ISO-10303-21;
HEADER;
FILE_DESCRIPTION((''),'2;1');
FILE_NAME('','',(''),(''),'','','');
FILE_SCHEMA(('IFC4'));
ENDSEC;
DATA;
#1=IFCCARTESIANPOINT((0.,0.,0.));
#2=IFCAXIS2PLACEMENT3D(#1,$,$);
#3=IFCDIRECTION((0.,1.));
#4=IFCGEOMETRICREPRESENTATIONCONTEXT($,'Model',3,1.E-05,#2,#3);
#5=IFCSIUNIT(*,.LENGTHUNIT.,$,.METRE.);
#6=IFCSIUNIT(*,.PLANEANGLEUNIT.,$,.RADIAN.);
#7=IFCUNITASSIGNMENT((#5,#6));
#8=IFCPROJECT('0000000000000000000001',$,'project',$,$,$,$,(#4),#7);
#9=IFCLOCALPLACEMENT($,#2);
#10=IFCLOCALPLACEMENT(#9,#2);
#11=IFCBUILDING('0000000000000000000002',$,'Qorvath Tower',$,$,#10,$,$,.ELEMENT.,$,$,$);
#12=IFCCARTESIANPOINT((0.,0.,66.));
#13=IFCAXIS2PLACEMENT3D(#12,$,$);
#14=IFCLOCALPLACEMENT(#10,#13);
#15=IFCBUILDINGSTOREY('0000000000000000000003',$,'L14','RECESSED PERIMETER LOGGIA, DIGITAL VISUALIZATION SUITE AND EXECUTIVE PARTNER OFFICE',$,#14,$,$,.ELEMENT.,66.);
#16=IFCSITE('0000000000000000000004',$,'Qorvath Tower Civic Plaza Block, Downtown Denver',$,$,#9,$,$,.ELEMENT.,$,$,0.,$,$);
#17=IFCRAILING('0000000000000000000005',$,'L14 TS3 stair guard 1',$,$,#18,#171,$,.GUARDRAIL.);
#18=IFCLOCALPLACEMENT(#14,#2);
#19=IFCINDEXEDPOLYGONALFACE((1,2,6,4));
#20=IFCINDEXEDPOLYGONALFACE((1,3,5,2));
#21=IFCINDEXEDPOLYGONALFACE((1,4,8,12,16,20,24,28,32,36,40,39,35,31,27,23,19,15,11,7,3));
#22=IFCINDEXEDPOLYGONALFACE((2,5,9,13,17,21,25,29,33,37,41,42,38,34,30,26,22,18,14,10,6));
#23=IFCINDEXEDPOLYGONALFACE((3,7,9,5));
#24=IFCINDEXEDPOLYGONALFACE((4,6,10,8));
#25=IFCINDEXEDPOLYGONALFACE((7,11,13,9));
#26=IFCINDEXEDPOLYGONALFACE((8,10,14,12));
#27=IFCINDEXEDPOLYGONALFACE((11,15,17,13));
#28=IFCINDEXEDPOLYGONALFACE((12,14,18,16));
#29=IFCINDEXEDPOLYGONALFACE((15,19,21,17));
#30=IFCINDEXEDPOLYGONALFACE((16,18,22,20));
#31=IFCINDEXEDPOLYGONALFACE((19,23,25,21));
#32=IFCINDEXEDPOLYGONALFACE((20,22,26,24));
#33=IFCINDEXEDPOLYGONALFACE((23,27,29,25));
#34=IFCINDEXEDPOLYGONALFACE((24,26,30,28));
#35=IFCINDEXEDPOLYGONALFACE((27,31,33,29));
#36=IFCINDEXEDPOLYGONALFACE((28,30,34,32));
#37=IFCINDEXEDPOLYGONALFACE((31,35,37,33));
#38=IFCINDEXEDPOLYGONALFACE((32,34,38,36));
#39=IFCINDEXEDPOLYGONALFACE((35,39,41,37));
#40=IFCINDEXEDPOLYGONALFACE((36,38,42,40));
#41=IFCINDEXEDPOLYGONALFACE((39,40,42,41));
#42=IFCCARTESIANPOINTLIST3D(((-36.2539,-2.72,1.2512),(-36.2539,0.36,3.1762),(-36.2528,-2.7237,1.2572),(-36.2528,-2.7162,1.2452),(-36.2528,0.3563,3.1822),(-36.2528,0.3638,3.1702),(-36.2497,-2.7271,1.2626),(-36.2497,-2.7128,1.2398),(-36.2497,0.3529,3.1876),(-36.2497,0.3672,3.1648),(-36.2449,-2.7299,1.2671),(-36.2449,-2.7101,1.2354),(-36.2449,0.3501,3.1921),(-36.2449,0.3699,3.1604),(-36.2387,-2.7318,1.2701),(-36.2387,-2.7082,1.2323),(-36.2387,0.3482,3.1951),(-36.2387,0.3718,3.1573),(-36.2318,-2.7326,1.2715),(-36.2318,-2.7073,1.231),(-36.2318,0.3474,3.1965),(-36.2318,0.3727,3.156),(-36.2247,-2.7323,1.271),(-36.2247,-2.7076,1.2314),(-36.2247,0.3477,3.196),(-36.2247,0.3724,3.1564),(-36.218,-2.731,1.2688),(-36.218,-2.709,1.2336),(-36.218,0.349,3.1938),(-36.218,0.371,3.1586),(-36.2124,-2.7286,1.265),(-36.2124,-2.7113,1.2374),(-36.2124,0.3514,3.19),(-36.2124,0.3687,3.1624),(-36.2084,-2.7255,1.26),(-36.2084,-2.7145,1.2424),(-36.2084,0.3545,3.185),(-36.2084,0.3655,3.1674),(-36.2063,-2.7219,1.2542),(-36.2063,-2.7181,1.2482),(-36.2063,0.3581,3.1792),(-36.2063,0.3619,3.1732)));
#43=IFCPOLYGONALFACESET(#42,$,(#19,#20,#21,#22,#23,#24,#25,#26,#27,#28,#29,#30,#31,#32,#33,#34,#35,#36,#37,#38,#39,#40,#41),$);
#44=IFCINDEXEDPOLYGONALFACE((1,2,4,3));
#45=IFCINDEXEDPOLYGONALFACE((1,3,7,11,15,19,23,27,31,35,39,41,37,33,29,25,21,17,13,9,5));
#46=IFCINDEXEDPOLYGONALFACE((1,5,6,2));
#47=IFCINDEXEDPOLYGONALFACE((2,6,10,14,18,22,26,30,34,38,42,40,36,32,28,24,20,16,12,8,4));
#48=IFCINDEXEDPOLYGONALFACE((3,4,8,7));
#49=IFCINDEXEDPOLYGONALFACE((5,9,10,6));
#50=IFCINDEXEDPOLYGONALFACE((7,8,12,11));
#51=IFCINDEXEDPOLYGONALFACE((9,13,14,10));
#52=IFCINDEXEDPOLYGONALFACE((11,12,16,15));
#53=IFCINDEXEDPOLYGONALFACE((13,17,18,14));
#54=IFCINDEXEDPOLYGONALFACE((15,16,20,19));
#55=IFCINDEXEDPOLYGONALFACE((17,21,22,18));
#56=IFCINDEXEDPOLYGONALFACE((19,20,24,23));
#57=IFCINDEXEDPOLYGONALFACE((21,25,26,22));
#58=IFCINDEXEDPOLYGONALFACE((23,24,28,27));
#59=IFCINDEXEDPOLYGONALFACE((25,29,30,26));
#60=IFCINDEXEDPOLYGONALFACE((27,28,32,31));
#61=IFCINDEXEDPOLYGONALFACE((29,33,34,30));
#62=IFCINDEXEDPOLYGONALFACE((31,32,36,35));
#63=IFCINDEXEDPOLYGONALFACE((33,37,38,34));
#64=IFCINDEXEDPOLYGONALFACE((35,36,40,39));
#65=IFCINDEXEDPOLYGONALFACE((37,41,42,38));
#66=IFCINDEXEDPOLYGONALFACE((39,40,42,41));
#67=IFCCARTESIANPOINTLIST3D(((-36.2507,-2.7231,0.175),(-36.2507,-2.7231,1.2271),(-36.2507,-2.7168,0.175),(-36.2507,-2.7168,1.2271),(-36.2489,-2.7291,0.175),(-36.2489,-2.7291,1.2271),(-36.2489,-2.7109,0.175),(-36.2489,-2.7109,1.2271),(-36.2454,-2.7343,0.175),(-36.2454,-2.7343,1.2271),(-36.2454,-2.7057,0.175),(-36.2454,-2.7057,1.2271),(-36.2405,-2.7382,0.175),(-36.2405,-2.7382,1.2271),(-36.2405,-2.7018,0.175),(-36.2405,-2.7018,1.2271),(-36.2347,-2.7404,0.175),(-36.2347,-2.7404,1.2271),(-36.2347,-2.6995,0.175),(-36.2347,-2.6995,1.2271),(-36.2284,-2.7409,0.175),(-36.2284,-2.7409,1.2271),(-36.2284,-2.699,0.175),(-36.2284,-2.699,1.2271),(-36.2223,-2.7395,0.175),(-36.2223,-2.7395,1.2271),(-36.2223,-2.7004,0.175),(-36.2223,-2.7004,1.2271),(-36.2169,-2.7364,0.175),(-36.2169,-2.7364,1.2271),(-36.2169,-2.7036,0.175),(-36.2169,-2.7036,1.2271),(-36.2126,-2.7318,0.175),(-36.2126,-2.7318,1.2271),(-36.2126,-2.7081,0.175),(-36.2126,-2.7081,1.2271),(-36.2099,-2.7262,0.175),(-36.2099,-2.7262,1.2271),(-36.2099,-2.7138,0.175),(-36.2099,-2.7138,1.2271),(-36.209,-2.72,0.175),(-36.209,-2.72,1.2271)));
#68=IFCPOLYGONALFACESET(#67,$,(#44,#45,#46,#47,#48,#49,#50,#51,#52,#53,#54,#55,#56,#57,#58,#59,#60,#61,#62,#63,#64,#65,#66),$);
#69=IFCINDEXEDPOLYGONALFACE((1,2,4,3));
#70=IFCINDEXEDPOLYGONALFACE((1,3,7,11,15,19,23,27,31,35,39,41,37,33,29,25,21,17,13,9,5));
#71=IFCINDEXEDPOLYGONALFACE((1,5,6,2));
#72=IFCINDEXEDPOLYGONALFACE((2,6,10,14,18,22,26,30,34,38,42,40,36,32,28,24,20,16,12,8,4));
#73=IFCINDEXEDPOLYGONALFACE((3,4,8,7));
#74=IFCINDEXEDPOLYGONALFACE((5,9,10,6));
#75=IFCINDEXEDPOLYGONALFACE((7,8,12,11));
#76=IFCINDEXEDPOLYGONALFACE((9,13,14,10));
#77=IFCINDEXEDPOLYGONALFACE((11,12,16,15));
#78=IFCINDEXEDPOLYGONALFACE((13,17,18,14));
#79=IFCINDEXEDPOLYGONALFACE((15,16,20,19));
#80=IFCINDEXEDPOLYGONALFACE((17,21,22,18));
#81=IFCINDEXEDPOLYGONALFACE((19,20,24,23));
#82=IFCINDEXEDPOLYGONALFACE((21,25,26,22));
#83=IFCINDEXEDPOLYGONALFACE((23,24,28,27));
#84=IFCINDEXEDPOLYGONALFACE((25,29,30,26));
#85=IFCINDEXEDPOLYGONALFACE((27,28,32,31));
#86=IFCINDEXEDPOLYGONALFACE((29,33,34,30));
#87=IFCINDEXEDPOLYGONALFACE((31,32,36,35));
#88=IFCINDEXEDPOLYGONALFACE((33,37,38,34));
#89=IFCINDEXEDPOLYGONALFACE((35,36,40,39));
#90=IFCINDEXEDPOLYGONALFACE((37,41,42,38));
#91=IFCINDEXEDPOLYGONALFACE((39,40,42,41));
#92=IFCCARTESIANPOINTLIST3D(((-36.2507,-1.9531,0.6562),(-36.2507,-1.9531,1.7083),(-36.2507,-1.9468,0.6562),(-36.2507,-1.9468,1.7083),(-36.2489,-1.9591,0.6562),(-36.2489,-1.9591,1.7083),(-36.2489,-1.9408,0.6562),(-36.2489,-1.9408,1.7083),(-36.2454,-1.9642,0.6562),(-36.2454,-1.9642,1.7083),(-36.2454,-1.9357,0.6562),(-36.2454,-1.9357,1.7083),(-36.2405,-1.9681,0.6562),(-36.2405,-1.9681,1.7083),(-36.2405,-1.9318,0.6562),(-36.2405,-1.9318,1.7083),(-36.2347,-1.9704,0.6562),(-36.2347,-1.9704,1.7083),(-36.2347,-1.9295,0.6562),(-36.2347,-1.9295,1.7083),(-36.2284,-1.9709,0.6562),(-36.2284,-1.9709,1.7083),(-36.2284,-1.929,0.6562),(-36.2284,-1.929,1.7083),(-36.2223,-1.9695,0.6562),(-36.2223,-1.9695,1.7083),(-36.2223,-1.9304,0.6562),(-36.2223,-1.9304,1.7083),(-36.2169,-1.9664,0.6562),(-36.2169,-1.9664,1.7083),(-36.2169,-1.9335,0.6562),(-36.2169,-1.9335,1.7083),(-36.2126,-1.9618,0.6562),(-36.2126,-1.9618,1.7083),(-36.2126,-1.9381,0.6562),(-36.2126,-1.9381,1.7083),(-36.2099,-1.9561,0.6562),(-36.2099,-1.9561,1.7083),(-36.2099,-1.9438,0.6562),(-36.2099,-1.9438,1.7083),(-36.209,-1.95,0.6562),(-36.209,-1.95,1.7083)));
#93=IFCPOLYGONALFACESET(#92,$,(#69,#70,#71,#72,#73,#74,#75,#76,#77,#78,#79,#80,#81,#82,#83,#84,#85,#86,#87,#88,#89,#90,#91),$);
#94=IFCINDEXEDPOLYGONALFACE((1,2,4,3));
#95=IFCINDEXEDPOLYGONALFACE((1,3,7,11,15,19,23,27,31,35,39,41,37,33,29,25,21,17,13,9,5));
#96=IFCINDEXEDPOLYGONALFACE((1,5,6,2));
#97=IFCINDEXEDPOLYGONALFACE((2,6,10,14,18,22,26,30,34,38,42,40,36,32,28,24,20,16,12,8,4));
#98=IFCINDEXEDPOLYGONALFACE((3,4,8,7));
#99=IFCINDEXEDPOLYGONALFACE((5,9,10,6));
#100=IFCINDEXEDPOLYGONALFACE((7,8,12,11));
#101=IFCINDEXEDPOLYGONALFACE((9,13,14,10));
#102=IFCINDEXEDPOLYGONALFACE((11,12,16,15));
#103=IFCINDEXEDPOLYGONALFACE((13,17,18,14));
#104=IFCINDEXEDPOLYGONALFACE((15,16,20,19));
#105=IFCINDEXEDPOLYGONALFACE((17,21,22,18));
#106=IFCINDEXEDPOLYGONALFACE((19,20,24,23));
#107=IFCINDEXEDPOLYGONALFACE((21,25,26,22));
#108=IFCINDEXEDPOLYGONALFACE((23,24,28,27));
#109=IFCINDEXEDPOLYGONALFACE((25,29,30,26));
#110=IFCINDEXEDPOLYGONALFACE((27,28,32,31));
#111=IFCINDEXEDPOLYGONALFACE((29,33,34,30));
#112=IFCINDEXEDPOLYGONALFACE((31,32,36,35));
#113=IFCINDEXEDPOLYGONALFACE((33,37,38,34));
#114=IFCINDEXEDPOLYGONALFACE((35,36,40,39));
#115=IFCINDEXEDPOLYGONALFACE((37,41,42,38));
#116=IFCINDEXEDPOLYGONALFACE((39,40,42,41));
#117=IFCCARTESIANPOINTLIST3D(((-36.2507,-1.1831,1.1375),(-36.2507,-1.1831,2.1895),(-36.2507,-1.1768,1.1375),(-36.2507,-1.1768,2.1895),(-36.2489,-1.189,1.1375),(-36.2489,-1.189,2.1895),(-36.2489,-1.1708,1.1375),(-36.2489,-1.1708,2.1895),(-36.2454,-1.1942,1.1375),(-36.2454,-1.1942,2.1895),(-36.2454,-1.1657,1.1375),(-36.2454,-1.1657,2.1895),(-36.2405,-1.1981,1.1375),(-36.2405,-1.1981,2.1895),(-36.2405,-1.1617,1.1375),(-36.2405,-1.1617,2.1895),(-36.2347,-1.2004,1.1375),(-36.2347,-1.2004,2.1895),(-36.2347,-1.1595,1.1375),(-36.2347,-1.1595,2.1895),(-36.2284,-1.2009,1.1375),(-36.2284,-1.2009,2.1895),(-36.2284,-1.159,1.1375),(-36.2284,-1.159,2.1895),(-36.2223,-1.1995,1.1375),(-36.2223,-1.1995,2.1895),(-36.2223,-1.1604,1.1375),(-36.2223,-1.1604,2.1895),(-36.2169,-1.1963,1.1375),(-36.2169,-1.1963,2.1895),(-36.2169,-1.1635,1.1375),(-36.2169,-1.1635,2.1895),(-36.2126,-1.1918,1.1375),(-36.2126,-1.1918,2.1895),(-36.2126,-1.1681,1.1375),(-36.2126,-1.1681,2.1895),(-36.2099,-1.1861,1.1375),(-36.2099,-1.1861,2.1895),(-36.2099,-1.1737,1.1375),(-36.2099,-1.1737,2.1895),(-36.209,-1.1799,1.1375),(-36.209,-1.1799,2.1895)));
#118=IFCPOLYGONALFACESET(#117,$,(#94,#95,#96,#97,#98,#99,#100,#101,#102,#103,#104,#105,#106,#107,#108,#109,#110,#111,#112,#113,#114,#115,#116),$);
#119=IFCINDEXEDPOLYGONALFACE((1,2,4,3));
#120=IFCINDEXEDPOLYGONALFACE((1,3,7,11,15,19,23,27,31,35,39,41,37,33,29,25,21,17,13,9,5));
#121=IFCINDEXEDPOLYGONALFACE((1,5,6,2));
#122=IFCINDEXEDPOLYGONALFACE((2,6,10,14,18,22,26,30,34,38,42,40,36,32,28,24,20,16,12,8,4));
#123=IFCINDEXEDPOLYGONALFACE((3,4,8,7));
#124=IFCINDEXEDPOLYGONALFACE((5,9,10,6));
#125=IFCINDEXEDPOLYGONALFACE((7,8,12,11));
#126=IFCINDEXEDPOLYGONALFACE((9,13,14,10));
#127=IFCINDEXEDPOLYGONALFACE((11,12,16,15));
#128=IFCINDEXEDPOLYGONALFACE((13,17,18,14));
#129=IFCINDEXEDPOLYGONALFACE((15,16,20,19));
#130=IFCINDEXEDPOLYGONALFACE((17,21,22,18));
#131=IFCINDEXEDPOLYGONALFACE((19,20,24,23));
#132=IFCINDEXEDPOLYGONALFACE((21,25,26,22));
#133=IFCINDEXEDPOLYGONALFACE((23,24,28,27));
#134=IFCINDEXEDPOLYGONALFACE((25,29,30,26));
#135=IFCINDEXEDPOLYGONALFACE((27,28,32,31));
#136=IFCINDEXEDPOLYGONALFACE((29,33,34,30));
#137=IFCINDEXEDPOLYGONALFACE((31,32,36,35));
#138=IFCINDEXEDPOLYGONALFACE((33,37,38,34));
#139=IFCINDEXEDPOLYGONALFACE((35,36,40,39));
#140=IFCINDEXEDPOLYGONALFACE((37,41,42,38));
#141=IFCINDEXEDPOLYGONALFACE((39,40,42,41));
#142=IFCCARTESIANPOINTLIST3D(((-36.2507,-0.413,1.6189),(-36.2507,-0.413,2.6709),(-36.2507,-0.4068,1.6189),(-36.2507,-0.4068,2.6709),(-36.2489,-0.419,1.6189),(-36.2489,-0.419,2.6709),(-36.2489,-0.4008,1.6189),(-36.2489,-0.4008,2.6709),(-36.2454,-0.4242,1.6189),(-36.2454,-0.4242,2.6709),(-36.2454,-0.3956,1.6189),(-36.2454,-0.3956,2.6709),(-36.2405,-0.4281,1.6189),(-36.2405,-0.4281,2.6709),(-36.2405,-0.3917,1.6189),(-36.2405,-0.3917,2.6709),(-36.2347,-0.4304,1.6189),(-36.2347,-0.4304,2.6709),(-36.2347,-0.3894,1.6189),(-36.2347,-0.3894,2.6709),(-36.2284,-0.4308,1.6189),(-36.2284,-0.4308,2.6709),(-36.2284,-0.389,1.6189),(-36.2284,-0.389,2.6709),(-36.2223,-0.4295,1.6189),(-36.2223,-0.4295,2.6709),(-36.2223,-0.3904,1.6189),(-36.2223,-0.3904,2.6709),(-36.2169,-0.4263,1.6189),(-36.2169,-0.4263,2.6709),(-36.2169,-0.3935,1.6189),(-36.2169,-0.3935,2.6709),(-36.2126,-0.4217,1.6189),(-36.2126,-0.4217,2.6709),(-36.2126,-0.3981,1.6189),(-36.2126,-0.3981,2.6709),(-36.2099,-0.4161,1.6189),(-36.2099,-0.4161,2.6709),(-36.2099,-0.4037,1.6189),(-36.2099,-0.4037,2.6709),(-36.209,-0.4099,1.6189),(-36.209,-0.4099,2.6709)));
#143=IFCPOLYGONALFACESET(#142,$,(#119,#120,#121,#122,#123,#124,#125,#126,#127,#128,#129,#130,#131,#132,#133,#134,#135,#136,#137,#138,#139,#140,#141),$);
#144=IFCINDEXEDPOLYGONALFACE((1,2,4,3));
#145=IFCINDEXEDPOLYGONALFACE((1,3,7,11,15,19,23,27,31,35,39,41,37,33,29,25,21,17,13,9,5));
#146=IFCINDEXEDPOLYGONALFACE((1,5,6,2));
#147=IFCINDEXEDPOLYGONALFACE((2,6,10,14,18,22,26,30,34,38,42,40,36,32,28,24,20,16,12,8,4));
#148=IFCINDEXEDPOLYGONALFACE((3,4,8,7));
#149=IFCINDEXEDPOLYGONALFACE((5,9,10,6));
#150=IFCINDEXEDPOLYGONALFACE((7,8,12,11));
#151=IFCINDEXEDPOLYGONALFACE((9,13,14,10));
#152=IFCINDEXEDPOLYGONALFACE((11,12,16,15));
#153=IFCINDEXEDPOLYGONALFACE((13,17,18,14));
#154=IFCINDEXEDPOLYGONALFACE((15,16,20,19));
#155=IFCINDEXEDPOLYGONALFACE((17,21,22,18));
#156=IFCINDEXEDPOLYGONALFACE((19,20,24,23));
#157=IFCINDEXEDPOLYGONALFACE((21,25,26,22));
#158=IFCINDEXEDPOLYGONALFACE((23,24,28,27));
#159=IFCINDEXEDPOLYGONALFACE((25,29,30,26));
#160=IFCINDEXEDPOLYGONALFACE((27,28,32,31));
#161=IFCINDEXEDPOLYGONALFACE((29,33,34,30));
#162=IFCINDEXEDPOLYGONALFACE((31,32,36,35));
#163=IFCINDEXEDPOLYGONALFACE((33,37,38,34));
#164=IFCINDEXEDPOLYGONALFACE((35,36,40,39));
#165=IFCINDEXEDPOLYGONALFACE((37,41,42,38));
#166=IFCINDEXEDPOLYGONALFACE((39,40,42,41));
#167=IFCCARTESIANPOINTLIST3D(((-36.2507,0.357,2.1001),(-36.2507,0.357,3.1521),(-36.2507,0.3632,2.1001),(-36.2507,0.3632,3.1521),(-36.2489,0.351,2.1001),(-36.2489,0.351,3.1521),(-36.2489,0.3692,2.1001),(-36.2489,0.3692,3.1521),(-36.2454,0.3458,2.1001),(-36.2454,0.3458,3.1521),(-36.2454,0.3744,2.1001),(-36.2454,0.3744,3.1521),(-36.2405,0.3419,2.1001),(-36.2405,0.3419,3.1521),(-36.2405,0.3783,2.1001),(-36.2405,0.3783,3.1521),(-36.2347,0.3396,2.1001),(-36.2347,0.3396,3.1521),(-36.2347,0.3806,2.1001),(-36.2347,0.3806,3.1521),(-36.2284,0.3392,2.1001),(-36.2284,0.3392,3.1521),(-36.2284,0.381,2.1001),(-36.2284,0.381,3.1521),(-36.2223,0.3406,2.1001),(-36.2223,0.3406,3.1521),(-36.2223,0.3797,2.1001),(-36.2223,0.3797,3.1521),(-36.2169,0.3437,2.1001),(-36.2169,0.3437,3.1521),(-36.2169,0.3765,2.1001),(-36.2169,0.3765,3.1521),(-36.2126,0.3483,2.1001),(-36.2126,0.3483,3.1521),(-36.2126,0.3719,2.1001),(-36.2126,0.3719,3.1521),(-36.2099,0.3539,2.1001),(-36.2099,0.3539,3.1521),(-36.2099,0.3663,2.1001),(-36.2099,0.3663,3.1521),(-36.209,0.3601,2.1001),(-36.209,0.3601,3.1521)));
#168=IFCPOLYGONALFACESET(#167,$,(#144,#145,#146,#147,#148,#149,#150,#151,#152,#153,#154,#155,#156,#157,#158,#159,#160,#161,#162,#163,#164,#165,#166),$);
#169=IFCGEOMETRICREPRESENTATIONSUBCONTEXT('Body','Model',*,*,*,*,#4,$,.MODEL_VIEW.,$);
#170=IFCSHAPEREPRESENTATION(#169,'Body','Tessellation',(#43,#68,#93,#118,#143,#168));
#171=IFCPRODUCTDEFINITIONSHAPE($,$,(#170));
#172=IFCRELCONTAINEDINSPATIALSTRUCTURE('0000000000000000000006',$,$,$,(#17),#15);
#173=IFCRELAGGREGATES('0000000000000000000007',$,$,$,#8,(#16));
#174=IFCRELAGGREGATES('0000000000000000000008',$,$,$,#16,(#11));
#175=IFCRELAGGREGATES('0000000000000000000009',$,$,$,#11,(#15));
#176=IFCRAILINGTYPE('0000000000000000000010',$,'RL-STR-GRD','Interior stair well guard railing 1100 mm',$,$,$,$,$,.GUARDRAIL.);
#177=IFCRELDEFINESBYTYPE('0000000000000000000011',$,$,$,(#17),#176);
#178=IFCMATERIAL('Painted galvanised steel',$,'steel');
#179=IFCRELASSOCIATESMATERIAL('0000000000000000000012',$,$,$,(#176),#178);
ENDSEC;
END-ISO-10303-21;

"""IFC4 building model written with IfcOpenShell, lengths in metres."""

from ifc_helpers import new_model, si_unit, direction, frame, origin, origin_2d, place, context, subcontext, project, spatial, circle, extrude, material, type_object, element, save


model = new_model("IFC4")

# Units and contexts
model_context = context("Model", 3, precision=1e-05, world=origin(), true_north=direction((0.0, 1.0)))
body_context = subcontext(model_context, "Body", "Model", "MODEL_VIEW")
ifc_project = project(units=[si_unit("LENGTHUNIT", "METRE"), si_unit("PLANEANGLEUNIT", "RADIAN")], contexts=[model_context])

# Site, building, storey
site_placement = place(None, origin())
site = spatial("IfcSite", under=ifc_project, at=site_placement, Name="Qorvath Tower Civic Plaza Block, Downtown Denver", CompositionType="ELEMENT", RefElevation=0.0)
building_placement = place(site_placement, origin())
building = spatial("IfcBuilding", under=site, at=building_placement, Name="Qorvath Tower", CompositionType="ELEMENT")
storey_placement = place(building_placement, frame((0.0, 0.0, 66.0)))
storey = spatial("IfcBuildingStorey", under=building, at=storey_placement, Name="L14", Description="RECESSED PERIMETER LOGGIA, DIGITAL VISUALIZATION SUITE AND EXECUTIVE PARTNER OFFICE", CompositionType="ELEMENT", Elevation=66.0)

# Railing
ifc_material_1 = material(Name="Painted galvanised steel", Category="steel")
railing_type_1 = type_object("IfcRailingType", Name="RL-STR-GRD", Description="Interior stair well guard railing 1100 mm", PredefinedType="GUARDRAIL", material=ifc_material_1)
railing_1_placement = place(storey_placement, frame((-36.23, -2.72, 0.175)))
element("IfcRailing", 1, at=railing_1_placement, inside=storey, type_object=railing_type_1, Name="L14 TS3 stair guard 1", PredefinedType="GUARDRAIL", context=body_context, shape_type="SweptSolid", body=[
    extrude(circle(Radius=0.0239, at=origin_2d()), frame((0.0, 0.0, 1.0762), z_axis=(0.0, 0.847998, 0.529999), x_axis=(-1.0, 0.0, 0.0)), (0.0, 0.0, 1.0), 3.6321),
    extrude(circle(Radius=0.021, at=origin_2d()), origin(), (0.0, 0.0, 1.0), 1.052),
    extrude(circle(Radius=0.021, at=origin_2d()), frame((0.0, 0.77, 0.4812)), (0.0, 0.0, 1.0), 1.052),
    extrude(circle(Radius=0.021, at=origin_2d()), frame((0.0, 1.54, 0.9624)), (0.0, 0.0, 1.0), 1.052),
    extrude(circle(Radius=0.021, at=origin_2d()), frame((0.0, 2.3101, 1.4438)), (0.0, 0.0, 1.0), 1.052),
    extrude(circle(Radius=0.021, at=origin_2d()), frame((0.0, 3.0801, 1.925)), (0.0, 0.0, 1.0), 1.052),
])

save(model, "model.ifc")
